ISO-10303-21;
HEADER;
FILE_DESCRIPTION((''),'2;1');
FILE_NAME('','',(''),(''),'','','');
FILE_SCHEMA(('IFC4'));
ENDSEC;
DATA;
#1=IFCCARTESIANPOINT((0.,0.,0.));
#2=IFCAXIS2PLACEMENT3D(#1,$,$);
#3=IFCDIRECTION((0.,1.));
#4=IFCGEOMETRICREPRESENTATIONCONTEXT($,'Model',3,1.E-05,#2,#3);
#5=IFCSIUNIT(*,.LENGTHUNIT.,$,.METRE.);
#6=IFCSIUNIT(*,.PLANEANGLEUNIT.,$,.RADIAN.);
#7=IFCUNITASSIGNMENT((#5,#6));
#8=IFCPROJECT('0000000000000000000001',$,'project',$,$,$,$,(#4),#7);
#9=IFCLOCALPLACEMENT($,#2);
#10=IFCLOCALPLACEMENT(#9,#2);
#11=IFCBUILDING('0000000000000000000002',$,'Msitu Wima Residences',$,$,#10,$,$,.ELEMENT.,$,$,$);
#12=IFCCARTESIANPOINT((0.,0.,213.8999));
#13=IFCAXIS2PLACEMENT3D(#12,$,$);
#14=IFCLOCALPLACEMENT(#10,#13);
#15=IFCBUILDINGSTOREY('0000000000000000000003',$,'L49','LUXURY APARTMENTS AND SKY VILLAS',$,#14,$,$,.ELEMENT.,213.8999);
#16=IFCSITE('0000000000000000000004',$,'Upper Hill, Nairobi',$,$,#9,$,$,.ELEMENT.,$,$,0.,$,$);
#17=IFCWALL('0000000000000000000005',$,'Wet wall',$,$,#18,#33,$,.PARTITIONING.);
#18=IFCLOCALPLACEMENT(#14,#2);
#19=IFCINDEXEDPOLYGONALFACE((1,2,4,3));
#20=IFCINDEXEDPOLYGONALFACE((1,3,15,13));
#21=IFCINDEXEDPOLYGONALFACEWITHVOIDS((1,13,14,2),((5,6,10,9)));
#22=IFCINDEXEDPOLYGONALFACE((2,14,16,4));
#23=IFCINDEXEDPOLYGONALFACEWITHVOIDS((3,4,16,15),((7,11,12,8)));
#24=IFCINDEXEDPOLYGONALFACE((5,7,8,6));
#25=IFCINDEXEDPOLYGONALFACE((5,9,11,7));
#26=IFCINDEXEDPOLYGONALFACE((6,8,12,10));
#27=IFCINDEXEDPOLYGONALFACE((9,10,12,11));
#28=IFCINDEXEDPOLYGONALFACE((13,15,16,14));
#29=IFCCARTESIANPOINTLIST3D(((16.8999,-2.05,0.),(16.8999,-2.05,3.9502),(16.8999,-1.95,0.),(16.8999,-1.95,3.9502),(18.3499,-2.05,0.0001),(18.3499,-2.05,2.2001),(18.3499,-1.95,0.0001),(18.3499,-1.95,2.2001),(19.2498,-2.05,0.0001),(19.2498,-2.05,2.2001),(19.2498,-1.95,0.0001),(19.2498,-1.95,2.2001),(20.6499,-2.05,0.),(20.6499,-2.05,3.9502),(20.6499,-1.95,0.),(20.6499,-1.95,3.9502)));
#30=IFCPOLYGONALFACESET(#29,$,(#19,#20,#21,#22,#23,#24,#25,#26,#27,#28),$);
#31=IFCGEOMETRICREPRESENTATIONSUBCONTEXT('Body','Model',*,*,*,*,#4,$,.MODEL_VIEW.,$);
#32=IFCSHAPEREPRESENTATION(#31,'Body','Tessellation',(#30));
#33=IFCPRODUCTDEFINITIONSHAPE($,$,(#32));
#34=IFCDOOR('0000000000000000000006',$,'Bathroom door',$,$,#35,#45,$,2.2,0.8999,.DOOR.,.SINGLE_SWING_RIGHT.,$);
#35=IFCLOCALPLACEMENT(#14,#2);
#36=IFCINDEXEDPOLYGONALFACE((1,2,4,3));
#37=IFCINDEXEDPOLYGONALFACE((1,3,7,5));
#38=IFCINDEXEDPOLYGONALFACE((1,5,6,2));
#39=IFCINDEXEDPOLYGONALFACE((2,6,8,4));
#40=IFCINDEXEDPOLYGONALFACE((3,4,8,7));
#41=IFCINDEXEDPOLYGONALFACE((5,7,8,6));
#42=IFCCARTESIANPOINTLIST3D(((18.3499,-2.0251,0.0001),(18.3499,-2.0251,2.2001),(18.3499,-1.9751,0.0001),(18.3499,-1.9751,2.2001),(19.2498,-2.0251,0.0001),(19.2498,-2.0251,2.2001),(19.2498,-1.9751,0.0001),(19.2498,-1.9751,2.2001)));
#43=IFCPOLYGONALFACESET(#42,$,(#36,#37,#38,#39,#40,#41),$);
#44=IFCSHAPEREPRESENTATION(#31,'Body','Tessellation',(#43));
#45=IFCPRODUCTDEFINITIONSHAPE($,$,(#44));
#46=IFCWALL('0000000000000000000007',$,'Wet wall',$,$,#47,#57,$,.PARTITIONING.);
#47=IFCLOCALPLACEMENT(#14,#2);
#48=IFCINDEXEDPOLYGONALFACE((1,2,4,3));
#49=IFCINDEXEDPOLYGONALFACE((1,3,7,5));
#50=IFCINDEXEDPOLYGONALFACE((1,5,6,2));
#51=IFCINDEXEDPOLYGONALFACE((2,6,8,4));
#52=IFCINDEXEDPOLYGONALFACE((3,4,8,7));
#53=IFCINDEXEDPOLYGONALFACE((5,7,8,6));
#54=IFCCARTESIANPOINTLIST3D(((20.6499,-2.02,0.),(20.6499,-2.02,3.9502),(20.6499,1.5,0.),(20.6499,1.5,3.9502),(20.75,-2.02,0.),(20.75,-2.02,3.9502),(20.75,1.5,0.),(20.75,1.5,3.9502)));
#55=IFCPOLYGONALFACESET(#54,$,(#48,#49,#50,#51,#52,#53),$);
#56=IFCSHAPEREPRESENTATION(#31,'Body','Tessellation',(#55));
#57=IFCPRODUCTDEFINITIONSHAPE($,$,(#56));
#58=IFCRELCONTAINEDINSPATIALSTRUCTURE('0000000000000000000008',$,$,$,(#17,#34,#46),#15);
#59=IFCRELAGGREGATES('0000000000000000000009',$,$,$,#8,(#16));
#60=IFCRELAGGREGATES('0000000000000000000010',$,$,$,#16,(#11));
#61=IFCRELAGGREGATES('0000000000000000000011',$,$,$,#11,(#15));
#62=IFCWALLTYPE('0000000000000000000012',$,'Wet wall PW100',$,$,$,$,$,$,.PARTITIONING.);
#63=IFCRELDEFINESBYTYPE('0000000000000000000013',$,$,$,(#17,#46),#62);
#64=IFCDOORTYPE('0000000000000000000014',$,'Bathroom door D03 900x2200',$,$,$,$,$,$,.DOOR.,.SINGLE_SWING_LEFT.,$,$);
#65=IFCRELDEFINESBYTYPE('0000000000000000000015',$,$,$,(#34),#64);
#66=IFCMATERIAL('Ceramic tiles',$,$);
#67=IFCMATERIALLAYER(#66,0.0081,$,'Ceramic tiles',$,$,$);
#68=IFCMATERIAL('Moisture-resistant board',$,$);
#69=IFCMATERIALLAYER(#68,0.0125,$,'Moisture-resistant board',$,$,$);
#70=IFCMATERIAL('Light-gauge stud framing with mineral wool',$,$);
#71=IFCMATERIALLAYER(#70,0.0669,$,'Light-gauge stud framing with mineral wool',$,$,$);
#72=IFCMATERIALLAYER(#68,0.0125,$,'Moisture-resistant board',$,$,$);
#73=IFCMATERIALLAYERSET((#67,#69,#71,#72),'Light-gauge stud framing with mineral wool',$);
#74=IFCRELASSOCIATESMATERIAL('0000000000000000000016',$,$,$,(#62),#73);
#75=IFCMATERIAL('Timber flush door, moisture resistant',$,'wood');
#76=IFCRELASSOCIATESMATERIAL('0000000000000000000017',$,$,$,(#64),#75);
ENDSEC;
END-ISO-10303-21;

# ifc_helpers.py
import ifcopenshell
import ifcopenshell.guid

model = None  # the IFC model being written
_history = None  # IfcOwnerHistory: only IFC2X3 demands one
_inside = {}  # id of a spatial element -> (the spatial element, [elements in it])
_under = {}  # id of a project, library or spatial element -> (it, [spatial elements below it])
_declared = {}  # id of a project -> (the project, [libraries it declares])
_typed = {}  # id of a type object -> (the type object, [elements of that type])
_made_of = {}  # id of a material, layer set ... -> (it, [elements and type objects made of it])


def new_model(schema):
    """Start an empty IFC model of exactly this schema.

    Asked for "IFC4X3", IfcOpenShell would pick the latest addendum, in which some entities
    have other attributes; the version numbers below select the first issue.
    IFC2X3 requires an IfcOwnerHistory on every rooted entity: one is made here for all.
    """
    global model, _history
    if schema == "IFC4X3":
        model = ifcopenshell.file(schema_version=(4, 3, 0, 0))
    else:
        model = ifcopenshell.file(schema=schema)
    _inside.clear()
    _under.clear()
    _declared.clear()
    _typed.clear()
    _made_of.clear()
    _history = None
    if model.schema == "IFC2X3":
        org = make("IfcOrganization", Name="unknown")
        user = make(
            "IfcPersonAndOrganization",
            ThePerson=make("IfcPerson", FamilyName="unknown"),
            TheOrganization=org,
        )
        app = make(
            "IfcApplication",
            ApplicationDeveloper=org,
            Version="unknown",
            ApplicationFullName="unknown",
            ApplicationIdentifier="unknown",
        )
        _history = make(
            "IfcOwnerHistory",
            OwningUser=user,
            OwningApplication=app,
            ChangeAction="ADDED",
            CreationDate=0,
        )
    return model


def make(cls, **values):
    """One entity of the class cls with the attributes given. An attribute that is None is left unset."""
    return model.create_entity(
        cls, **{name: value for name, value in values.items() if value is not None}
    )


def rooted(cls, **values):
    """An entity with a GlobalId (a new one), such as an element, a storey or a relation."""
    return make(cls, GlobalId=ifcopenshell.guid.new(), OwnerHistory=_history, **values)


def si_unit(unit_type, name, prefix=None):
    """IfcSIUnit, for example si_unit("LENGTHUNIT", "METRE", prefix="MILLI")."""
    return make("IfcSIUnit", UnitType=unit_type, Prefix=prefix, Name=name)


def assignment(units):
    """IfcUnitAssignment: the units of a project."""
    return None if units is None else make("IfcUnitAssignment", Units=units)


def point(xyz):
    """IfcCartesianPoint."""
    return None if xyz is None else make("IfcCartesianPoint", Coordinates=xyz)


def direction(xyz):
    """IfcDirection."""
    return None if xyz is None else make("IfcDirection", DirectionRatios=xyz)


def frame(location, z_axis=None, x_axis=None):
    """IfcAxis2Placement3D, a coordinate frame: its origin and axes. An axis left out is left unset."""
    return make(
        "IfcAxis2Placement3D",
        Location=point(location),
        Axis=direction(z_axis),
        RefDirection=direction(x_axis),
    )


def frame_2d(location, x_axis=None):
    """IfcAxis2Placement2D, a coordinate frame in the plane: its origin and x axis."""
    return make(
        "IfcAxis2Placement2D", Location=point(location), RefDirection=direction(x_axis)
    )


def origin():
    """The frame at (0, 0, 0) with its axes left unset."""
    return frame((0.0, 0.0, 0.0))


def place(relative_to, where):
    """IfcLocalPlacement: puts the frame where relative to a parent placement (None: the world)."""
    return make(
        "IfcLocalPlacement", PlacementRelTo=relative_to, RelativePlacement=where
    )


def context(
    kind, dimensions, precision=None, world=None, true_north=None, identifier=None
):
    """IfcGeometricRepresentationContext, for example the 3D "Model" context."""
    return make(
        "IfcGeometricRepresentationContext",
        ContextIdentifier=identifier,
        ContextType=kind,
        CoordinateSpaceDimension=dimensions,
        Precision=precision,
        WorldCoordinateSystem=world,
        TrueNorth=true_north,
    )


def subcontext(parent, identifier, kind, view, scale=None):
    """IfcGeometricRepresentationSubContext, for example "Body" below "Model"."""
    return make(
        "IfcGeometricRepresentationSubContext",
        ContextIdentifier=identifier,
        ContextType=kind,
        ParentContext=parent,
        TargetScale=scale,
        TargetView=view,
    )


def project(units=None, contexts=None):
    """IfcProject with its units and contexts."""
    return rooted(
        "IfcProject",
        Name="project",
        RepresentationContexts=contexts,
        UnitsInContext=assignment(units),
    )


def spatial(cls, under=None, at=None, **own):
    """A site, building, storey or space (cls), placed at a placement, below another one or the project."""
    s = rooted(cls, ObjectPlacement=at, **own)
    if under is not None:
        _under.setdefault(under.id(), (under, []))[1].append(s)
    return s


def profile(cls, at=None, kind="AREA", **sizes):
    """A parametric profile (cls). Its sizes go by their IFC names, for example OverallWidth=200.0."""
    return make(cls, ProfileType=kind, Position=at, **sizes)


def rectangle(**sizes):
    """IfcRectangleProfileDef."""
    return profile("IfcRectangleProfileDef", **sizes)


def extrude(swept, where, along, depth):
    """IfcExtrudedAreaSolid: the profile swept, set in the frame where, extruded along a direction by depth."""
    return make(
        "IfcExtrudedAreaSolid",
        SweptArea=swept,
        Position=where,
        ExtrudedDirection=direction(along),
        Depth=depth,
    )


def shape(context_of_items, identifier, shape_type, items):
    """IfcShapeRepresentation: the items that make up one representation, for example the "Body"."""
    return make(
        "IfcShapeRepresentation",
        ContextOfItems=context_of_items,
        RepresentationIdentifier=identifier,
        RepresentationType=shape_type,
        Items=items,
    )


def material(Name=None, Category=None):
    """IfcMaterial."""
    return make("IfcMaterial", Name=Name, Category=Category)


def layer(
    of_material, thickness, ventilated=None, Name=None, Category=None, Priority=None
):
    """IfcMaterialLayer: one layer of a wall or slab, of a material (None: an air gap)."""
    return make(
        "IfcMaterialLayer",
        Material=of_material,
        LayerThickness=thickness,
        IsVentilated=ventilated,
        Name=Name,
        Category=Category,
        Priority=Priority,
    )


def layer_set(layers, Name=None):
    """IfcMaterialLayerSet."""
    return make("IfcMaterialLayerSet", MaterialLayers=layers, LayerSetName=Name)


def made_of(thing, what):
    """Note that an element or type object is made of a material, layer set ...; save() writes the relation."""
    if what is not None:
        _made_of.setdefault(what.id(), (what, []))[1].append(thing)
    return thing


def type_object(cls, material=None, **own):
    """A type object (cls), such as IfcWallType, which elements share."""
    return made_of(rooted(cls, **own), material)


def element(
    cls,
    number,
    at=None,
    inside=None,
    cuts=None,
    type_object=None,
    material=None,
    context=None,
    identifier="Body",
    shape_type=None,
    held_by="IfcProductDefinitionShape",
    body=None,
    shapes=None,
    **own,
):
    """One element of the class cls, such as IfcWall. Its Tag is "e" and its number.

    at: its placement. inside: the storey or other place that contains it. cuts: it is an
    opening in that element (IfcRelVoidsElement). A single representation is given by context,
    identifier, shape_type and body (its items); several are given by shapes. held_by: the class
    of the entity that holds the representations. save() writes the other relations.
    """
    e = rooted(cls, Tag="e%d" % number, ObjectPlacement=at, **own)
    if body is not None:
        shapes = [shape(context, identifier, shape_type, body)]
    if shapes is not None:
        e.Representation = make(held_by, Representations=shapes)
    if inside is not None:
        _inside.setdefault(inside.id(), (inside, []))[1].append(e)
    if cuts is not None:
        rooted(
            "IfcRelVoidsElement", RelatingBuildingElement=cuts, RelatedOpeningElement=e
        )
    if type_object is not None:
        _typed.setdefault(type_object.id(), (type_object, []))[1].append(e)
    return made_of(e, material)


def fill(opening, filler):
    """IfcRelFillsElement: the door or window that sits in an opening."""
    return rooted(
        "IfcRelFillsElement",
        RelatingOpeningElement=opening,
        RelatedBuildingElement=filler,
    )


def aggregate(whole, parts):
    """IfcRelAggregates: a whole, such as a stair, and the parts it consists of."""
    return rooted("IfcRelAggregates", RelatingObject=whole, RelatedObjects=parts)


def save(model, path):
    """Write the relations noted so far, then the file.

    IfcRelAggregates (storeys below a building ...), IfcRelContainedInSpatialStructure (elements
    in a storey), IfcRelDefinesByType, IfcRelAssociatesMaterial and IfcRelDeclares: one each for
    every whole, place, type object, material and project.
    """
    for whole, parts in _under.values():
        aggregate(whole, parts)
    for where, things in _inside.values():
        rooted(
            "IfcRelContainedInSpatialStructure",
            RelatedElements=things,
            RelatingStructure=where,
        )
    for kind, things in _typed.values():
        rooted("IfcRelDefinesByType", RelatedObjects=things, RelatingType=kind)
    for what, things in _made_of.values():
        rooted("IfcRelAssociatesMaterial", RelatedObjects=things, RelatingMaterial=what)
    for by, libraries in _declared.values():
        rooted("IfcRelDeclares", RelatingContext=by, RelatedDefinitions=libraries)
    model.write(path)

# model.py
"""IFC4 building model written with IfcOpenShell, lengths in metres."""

from ifc_helpers import new_model, si_unit, direction, frame, frame_2d, origin, place, context, subcontext, project, spatial, rectangle, extrude, material, layer, layer_set, type_object, element, fill, save


model = new_model("IFC4")

# Units and contexts
model_context = context("Model", 3, precision=1e-05, world=origin(), true_north=direction((0.0, 1.0)))
body_context = subcontext(model_context, "Body", "Model", "MODEL_VIEW")
ifc_project = project(units=[si_unit("LENGTHUNIT", "METRE"), si_unit("PLANEANGLEUNIT", "RADIAN")], contexts=[model_context])

# Site, building, storey
site_placement = place(None, origin())
site = spatial("IfcSite", under=ifc_project, at=site_placement, Name="Upper Hill, Nairobi", CompositionType="ELEMENT", RefElevation=0.0)
building_placement = place(site_placement, origin())
building = spatial("IfcBuilding", under=site, at=building_placement, Name="Msitu Wima Residences", CompositionType="ELEMENT")
storey_placement = place(building_placement, frame((0.0, 0.0, 213.8999)))
storey = spatial("IfcBuildingStorey", under=building, at=storey_placement, Name="L49", Description="LUXURY APARTMENTS AND SKY VILLAS", CompositionType="ELEMENT", Elevation=213.8999)

# Wall, opening, door
ifc_material_1 = material(Name="Ceramic tiles")
ifc_layer_1 = layer(ifc_material_1, 0.0081, Name="Ceramic tiles")
ifc_material_2 = material(Name="Moisture-resistant board")
ifc_layer_2 = layer(ifc_material_2, 0.0125, Name="Moisture-resistant board")
ifc_material_3 = material(Name="Light-gauge stud framing with mineral wool")
ifc_layer_3 = layer(ifc_material_3, 0.0669, Name="Light-gauge stud framing with mineral wool")
ifc_layer_4 = layer(ifc_material_2, 0.0125, Name="Moisture-resistant board")
ifc_layer_set_1 = layer_set([ifc_layer_1, ifc_layer_2, ifc_layer_3, ifc_layer_4], Name="Light-gauge stud framing with mineral wool")
wall_type_1 = type_object("IfcWallType", Name="Wet wall PW100", PredefinedType="PARTITIONING", material=ifc_layer_set_1)
wall_1_placement = place(storey_placement, frame((16.8999, -2.0, 0.0), z_axis=(0.0, 0.0, 1.0), x_axis=(1.0, 0.0, 0.0)))
wall_1 = element("IfcWall", 1, at=wall_1_placement, inside=storey, type_object=wall_type_1, Name="Wet wall", PredefinedType="PARTITIONING", context=body_context, shape_type="SweptSolid", body=[
    extrude(rectangle(XDim=3.75, YDim=0.1001, at=frame_2d((1.875, 0.0))), origin(), (0.0, 0.0, 1.0), 3.9502),
])
opening_1_placement = place(wall_1_placement, frame((1.45, 0.0, 0.0)))
opening_1 = element("IfcOpeningElement", 2, at=opening_1_placement, cuts=wall_1, PredefinedType="OPENING", context=body_context, shape_type="SweptSolid", body=[
    extrude(rectangle(XDim=0.8999, YDim=2.2, at=frame_2d((0.45, 1.1001))), frame((0.0, 0.0601, 0.0), z_axis=(0.0, -1.0, 0.0), x_axis=(1.0, 0.0, 0.0)), (0.0, 0.0, 1.0), 0.1201),
])
ifc_material_4 = material(Name="Timber flush door, moisture resistant", Category="wood")
door_type_1 = type_object("IfcDoorType", Name="Bathroom door D03 900x2200", OperationType="SINGLE_SWING_LEFT", PredefinedType="DOOR", material=ifc_material_4)
door_1_placement = place(opening_1_placement, origin())
door_1 = element("IfcDoor", 3, at=door_1_placement, inside=storey, type_object=door_type_1, Name="Bathroom door", OperationType="SINGLE_SWING_RIGHT", OverallHeight=2.2, OverallWidth=0.8999, PredefinedType="DOOR", context=body_context, shape_type="SweptSolid", body=[
    extrude(rectangle(XDim=0.8999, YDim=2.2, at=frame_2d((0.45, 1.1001))), frame((0.0, 0.0249, 0.0), z_axis=(0.0, -1.0, 0.0), x_axis=(1.0, 0.0, 0.0)), (0.0, 0.0, 1.0), 0.05),
])
fill(opening_1, door_1)

# Wall
wall_2_placement = place(storey_placement, frame((20.7, -2.02, 0.0), z_axis=(0.0, 0.0, 1.0), x_axis=(0.0, 1.0, 0.0)))
element("IfcWall", 4, at=wall_2_placement, inside=storey, type_object=wall_type_1, Name="Wet wall", PredefinedType="PARTITIONING", context=body_context, shape_type="SweptSolid", body=[
    extrude(rectangle(XDim=3.52, YDim=0.1001, at=frame_2d((1.76, 0.0))), origin(), (0.0, 0.0, 1.0), 3.9502),
])

save(model, "model.ifc")
